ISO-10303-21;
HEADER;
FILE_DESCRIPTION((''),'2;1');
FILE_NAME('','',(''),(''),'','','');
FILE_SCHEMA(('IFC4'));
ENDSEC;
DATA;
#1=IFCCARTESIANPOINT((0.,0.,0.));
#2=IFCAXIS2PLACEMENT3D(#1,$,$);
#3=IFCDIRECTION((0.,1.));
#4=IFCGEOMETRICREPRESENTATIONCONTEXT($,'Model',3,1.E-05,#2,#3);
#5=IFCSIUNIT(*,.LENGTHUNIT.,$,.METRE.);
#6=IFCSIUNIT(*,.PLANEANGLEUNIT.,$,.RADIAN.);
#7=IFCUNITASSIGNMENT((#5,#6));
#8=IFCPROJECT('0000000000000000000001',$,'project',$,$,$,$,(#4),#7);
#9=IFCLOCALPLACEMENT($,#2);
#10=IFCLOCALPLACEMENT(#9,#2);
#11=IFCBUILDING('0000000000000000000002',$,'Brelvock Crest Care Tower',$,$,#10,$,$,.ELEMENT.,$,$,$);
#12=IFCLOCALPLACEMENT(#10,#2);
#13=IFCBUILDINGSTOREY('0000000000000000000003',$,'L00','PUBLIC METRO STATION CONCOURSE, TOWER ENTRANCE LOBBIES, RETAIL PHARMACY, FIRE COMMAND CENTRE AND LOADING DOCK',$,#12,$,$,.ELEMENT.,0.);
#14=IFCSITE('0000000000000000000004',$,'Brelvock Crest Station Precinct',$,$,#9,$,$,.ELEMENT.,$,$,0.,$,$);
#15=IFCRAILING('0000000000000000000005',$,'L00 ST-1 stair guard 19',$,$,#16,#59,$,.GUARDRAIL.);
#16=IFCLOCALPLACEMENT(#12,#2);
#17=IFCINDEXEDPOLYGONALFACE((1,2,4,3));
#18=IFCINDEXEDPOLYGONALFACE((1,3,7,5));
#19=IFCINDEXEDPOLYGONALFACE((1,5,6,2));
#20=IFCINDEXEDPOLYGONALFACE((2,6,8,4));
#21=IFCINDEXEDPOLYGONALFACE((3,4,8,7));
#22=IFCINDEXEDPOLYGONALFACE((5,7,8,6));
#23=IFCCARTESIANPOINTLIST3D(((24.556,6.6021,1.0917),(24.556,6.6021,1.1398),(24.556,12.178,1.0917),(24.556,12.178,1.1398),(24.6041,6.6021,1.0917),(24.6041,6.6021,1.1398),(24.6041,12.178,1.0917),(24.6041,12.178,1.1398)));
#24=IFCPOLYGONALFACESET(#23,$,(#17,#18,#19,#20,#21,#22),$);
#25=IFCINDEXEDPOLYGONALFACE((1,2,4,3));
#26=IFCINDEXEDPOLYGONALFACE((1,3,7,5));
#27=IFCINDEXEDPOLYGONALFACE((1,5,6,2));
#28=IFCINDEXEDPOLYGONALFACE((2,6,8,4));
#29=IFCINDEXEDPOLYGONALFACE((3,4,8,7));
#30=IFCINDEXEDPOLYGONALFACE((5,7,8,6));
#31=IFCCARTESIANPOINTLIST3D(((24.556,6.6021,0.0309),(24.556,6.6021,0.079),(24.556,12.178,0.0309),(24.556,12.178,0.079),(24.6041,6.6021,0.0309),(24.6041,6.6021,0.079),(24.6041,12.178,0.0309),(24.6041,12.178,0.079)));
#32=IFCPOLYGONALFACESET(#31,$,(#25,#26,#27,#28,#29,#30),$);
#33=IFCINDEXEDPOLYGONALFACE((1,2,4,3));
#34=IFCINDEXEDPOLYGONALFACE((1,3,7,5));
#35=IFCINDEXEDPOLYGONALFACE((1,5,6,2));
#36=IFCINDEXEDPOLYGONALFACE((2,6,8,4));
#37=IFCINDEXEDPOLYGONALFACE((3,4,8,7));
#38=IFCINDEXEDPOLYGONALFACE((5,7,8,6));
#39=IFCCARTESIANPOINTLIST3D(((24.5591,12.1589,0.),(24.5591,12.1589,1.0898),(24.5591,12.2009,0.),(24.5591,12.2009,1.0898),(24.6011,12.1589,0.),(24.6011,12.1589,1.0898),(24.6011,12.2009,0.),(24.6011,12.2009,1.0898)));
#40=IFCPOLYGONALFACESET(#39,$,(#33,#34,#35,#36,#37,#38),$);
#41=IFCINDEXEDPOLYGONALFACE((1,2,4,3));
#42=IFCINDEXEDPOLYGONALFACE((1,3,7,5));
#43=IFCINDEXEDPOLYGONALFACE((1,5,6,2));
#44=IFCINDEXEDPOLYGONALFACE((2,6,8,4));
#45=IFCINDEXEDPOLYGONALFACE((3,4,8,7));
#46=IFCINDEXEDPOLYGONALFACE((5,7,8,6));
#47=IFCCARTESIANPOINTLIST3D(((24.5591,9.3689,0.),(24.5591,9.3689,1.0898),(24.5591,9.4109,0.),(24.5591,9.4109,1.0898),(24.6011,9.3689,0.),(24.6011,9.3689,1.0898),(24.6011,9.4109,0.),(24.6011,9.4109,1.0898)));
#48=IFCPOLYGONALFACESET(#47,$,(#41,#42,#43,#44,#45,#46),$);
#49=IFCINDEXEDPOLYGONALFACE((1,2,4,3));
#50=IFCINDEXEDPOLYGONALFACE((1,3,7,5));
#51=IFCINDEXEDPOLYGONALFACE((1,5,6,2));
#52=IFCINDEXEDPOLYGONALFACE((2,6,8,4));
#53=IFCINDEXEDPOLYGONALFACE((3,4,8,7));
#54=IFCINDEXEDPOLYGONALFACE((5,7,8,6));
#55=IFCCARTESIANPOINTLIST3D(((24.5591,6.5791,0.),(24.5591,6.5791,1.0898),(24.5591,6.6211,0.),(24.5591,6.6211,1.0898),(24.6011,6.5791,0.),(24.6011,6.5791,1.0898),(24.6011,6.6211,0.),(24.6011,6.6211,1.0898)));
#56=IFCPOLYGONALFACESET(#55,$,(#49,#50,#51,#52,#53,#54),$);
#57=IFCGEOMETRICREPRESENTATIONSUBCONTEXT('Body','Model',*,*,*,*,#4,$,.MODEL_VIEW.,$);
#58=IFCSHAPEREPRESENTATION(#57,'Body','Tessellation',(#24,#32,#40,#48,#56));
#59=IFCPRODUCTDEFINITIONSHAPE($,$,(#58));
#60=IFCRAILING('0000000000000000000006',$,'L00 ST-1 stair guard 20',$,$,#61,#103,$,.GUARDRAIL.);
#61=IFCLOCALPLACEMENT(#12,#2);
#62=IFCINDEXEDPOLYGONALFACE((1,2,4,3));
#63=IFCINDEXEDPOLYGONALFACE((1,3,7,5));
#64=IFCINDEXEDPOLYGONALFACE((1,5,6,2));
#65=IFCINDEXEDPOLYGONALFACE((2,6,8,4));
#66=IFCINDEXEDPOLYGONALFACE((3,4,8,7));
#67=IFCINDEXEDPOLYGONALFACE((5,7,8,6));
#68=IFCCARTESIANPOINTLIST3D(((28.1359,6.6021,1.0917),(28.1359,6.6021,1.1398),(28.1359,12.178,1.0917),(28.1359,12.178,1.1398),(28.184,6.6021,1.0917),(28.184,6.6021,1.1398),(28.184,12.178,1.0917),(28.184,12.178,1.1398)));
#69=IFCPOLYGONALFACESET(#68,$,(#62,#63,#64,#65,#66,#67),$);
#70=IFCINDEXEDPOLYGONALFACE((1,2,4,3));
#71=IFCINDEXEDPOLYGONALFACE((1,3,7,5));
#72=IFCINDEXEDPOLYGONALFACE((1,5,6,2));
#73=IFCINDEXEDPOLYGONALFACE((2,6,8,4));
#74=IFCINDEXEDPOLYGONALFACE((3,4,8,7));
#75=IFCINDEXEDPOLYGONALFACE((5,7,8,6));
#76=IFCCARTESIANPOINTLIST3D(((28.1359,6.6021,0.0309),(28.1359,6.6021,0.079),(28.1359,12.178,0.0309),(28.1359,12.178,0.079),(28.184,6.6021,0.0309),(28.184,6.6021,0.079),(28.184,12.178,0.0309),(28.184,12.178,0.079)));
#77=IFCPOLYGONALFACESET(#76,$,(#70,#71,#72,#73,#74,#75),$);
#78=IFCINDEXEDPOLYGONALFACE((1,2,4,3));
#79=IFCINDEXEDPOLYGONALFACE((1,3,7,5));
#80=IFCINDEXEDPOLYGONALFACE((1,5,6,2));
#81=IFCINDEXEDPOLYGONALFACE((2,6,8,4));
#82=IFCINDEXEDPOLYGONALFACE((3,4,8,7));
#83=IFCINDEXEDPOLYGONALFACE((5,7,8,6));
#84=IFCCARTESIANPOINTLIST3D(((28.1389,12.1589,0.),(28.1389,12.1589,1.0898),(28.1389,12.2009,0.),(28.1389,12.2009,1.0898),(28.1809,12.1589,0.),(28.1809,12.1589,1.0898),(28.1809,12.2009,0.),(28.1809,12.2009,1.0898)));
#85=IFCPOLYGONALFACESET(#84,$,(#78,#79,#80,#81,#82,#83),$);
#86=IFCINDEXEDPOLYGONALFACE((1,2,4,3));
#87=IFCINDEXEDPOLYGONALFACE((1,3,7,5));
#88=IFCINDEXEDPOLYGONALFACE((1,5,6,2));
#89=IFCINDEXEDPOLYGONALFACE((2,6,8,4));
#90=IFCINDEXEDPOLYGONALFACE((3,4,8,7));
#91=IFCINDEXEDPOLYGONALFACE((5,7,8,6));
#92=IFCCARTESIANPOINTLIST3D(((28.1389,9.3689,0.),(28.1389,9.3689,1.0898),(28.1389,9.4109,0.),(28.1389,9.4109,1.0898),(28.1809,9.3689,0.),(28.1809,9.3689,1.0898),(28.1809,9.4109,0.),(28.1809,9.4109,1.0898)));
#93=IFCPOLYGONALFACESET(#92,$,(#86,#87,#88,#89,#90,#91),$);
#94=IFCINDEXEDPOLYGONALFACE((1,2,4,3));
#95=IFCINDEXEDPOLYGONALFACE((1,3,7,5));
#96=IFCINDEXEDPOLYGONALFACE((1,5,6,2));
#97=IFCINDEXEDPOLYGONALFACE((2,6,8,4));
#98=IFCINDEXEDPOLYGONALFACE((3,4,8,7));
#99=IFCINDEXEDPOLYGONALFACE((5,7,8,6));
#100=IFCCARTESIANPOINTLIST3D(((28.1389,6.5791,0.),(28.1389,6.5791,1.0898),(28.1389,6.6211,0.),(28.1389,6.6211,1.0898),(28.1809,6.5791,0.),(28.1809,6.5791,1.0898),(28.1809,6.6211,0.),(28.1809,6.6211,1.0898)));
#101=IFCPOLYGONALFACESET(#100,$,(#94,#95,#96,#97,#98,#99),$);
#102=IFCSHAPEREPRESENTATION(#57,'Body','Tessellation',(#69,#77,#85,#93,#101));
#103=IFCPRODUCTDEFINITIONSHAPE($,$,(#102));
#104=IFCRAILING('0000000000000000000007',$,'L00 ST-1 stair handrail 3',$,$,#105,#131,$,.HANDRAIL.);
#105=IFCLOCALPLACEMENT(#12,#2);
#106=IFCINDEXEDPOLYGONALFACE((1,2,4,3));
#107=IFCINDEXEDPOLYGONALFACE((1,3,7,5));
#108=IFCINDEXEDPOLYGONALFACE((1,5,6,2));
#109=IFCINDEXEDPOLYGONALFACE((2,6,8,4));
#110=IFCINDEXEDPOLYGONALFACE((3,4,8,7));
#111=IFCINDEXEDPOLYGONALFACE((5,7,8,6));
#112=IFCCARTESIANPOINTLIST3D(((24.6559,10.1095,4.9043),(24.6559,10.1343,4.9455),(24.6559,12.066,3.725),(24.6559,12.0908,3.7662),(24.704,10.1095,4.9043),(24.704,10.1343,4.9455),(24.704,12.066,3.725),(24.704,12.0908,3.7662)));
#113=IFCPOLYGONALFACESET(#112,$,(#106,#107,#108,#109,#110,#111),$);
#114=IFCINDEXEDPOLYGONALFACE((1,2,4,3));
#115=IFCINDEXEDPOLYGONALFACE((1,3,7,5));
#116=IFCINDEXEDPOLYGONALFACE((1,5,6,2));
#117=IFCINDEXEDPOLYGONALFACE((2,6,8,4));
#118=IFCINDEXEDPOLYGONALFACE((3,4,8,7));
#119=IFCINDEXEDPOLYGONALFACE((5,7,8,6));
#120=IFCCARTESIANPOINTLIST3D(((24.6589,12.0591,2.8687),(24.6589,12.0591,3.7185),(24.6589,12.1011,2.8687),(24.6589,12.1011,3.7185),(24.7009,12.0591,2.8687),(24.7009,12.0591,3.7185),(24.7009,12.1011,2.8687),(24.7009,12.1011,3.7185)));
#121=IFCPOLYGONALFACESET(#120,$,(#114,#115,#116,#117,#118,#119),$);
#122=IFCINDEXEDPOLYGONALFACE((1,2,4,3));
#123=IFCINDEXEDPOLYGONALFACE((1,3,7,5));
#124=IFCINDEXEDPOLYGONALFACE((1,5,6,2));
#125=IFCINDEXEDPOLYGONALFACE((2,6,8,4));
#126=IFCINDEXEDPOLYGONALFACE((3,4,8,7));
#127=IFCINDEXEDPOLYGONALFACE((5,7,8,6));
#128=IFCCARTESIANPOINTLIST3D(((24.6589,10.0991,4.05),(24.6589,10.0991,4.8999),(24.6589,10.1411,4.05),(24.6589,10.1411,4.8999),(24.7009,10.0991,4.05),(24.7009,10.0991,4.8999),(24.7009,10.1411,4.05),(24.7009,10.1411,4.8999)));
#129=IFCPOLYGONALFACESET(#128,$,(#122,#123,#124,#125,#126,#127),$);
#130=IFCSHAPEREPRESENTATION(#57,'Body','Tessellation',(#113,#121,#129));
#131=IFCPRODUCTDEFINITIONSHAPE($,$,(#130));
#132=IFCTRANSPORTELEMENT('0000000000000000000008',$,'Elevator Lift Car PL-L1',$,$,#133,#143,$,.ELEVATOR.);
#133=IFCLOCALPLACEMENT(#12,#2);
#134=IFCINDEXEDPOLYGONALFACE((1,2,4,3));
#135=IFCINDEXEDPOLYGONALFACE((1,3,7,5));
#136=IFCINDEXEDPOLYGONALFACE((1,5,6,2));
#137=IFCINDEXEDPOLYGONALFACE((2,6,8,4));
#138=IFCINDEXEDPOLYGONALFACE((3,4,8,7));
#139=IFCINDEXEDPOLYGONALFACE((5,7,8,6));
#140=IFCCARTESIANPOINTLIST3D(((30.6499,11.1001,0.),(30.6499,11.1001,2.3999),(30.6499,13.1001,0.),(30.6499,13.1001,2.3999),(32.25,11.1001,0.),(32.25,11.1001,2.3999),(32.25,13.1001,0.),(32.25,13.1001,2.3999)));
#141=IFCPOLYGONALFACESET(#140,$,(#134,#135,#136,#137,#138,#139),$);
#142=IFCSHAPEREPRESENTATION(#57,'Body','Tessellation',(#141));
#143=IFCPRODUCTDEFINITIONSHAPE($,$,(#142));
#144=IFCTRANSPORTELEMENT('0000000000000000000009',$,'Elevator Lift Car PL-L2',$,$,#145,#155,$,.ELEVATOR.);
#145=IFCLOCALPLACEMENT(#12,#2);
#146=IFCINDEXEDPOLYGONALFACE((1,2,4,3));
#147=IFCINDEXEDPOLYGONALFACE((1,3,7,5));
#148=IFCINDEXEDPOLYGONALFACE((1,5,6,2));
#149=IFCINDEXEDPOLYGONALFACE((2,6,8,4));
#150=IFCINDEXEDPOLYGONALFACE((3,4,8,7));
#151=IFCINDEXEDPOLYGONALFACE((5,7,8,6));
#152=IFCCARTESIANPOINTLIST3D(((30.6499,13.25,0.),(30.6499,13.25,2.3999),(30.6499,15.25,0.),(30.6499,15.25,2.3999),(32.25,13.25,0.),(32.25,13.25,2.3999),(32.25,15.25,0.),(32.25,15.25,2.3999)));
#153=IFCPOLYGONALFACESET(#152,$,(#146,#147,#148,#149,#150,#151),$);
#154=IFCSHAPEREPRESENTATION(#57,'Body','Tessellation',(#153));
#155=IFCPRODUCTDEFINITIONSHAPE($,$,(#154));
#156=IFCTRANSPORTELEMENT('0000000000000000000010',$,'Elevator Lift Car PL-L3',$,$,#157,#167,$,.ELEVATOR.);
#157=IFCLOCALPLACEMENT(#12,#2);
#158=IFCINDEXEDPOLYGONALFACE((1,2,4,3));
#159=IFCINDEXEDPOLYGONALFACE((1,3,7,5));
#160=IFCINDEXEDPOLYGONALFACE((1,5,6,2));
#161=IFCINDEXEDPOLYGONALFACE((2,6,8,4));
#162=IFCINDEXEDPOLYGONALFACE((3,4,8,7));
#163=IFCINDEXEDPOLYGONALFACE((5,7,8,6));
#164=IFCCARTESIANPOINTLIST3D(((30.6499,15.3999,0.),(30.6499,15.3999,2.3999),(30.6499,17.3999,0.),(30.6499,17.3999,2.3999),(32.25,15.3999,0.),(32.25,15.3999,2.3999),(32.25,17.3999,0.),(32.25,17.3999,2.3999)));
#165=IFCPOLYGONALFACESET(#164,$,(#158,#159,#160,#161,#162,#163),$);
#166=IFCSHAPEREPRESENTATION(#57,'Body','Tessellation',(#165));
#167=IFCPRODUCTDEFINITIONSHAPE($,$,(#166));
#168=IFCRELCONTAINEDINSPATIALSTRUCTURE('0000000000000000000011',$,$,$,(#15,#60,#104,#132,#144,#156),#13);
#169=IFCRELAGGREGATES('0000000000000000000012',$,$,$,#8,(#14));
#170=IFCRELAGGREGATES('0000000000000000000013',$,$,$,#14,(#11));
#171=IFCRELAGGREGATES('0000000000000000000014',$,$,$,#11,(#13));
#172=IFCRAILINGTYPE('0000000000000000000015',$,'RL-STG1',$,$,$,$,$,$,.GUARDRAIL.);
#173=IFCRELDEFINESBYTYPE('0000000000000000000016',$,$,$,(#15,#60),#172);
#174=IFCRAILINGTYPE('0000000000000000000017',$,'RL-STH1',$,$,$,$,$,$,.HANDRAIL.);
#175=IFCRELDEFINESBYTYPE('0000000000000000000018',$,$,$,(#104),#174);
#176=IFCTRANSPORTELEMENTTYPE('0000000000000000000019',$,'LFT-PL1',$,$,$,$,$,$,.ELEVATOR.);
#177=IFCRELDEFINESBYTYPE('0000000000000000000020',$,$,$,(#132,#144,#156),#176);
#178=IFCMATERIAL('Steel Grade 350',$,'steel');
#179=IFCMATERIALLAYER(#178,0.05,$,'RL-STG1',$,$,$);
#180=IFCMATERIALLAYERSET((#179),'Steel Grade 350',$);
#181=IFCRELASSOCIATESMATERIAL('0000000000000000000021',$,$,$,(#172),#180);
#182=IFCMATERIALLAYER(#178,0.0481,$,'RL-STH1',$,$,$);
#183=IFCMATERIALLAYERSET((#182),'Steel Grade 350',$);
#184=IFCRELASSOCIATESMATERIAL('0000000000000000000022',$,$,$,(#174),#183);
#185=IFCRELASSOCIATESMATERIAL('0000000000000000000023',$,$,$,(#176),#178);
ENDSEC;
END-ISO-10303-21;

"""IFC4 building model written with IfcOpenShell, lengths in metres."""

from ifc_helpers import new_model, si_unit, direction, frame, origin, origin_2d, place, context, subcontext, project, spatial, rectangle, extrude, source, transform, mapped, material, layer, layer_set, type_object, element, save


model = new_model("IFC4")

# Units and contexts
model_context = context("Model", 3, precision=1e-05, world=origin(), true_north=direction((0.0, 1.0)))
body_context = subcontext(model_context, "Body", "Model", "MODEL_VIEW")
ifc_project = project(units=[si_unit("LENGTHUNIT", "METRE"), si_unit("PLANEANGLEUNIT", "RADIAN")], contexts=[model_context])

# Site, building, storey
site_placement = place(None, origin())
site = spatial("IfcSite", under=ifc_project, at=site_placement, Name="Brelvock Crest Station Precinct", CompositionType="ELEMENT", RefElevation=0.0)
building_placement = place(site_placement, origin())
building = spatial("IfcBuilding", under=site, at=building_placement, Name="Brelvock Crest Care Tower", CompositionType="ELEMENT")
storey_placement = place(building_placement, origin())
storey = spatial("IfcBuildingStorey", under=building, at=storey_placement, Name="L00", Description="PUBLIC METRO STATION CONCOURSE, TOWER ENTRANCE LOBBIES, RETAIL PHARMACY, FIRE COMMAND CENTRE AND LOADING DOCK", CompositionType="ELEMENT", Elevation=0.0)

# Shared definitions
ifc_material_1 = material(Name="Steel Grade 350", Category="steel")

# Railings
ifc_layer_1 = layer(ifc_material_1, 0.05, Name="RL-STG1")
ifc_layer_set_1 = layer_set([ifc_layer_1], Name="Steel Grade 350")
railing_type_1 = type_object("IfcRailingType", Name="RL-STG1", PredefinedType="GUARDRAIL", material=ifc_layer_set_1)
for number, where, name in (
    (1, (24.5801, 12.1799, 0.0), "L00 ST-1 stair guard 19"),
    (2, (28.1599, 12.1799, 0.0), "L00 ST-1 stair guard 20"),
):
    element("IfcRailing", number, at=place(storey_placement, frame(where)), inside=storey, type_object=railing_type_1, Name=name, PredefinedType="GUARDRAIL", context=body_context, shape_type="SweptSolid", body=[
        extrude(rectangle(XDim=0.0481, YDim=0.0481, at=origin_2d()), frame((0.0, -0.002, 1.1157), z_axis=(0.0, -1.0, 0.0), x_axis=(1.0, 0.0, 0.0)), (0.0, 0.0, 1.0), 5.5759),
        extrude(rectangle(XDim=0.0481, YDim=0.0481, at=origin_2d()), frame((0.0, -0.002, 0.0549), z_axis=(0.0, -1.0, 0.0), x_axis=(1.0, 0.0, 0.0)), (0.0, 0.0, 1.0), 5.5759),
        extrude(rectangle(XDim=0.042, YDim=0.042, at=origin_2d()), origin(), (0.0, 0.0, 1.0), 1.0898),
        extrude(rectangle(XDim=0.042, YDim=0.042, at=origin_2d()), frame((0.0, -2.79, 0.0)), (0.0, 0.0, 1.0), 1.0898),
        extrude(rectangle(XDim=0.042, YDim=0.042, at=origin_2d()), frame((0.0, -5.5798, 0.0)), (0.0, 0.0, 1.0), 1.0898),
    ])
ifc_layer_2 = layer(ifc_material_1, 0.0481, Name="RL-STH1")
ifc_layer_set_2 = layer_set([ifc_layer_2], Name="Steel Grade 350")
railing_type_2 = type_object("IfcRailingType", Name="RL-STH1", PredefinedType="HANDRAIL", material=ifc_layer_set_2)
railing_1_placement = place(storey_placement, frame((24.6799, 12.0801, 2.8687)))
element("IfcRailing", 3, at=railing_1_placement, inside=storey, type_object=railing_type_2, Name="L00 ST-1 stair handrail 3", PredefinedType="HANDRAIL", context=body_context, shape_type="SweptSolid", body=[
    extrude(rectangle(XDim=0.0481, YDim=0.0481, at=origin_2d()), frame((0.0, -0.0017, 0.877), z_axis=(0.0, -0.856446, 0.516236), x_axis=(1.0, 0.0, 0.0)), (0.0, 0.0, 1.0), 2.2844),
    extrude(rectangle(XDim=0.042, YDim=0.042, at=origin_2d()), origin(), (0.0, 0.0, 1.0), 0.8499),
    extrude(rectangle(XDim=0.042, YDim=0.042, at=origin_2d()), frame((0.0, -1.96, 1.1814)), (0.0, 0.0, 1.0), 0.8499),
])

# Transport elements
transport_element_type = type_object("IfcTransportElementType", Name="LFT-PL1", PredefinedType="ELEVATOR", material=ifc_material_1)
shared_shape_1 = source(origin(), body_context, "Body", "SweptSolid", [
    extrude(rectangle(XDim=1.6001, YDim=2.0, at=origin_2d()), origin(), (0.0, 0.0, 1.0), 2.3999),
])
for number, where, z_axis, x_axis, name in (
    (4, (31.45, 12.1001, 0.0), (0.0, 0.0, 1.0), (1.0, 0.0, 0.0), "Elevator Lift Car PL-L1"),
    (5, (31.45, 14.25, 0.0), (0.0, 0.0, 1.0), (1.0, 0.0, 0.0), "Elevator Lift Car PL-L2"),
    (6, (31.45, 16.3999, 0.0), (0.0, 0.0, 1.0), (1.0, 0.0, 0.0), "Elevator Lift Car PL-L3"),
):
    element("IfcTransportElement", number, at=place(storey_placement, frame(where, z_axis=z_axis, x_axis=x_axis)), inside=storey, type_object=transport_element_type, Name=name, PredefinedType="ELEVATOR", context=body_context, shape_type="MappedRepresentation", body=[
        mapped(shared_shape_1, transform((0.0, 0.0, 0.0), x_axis=(1.0, 0.0, 0.0), y_axis=(0.0, 1.0, 0.0), z_axis=(0.0, 0.0, 1.0), scale=1.0)),
    ])

save(model, "model.ifc")
